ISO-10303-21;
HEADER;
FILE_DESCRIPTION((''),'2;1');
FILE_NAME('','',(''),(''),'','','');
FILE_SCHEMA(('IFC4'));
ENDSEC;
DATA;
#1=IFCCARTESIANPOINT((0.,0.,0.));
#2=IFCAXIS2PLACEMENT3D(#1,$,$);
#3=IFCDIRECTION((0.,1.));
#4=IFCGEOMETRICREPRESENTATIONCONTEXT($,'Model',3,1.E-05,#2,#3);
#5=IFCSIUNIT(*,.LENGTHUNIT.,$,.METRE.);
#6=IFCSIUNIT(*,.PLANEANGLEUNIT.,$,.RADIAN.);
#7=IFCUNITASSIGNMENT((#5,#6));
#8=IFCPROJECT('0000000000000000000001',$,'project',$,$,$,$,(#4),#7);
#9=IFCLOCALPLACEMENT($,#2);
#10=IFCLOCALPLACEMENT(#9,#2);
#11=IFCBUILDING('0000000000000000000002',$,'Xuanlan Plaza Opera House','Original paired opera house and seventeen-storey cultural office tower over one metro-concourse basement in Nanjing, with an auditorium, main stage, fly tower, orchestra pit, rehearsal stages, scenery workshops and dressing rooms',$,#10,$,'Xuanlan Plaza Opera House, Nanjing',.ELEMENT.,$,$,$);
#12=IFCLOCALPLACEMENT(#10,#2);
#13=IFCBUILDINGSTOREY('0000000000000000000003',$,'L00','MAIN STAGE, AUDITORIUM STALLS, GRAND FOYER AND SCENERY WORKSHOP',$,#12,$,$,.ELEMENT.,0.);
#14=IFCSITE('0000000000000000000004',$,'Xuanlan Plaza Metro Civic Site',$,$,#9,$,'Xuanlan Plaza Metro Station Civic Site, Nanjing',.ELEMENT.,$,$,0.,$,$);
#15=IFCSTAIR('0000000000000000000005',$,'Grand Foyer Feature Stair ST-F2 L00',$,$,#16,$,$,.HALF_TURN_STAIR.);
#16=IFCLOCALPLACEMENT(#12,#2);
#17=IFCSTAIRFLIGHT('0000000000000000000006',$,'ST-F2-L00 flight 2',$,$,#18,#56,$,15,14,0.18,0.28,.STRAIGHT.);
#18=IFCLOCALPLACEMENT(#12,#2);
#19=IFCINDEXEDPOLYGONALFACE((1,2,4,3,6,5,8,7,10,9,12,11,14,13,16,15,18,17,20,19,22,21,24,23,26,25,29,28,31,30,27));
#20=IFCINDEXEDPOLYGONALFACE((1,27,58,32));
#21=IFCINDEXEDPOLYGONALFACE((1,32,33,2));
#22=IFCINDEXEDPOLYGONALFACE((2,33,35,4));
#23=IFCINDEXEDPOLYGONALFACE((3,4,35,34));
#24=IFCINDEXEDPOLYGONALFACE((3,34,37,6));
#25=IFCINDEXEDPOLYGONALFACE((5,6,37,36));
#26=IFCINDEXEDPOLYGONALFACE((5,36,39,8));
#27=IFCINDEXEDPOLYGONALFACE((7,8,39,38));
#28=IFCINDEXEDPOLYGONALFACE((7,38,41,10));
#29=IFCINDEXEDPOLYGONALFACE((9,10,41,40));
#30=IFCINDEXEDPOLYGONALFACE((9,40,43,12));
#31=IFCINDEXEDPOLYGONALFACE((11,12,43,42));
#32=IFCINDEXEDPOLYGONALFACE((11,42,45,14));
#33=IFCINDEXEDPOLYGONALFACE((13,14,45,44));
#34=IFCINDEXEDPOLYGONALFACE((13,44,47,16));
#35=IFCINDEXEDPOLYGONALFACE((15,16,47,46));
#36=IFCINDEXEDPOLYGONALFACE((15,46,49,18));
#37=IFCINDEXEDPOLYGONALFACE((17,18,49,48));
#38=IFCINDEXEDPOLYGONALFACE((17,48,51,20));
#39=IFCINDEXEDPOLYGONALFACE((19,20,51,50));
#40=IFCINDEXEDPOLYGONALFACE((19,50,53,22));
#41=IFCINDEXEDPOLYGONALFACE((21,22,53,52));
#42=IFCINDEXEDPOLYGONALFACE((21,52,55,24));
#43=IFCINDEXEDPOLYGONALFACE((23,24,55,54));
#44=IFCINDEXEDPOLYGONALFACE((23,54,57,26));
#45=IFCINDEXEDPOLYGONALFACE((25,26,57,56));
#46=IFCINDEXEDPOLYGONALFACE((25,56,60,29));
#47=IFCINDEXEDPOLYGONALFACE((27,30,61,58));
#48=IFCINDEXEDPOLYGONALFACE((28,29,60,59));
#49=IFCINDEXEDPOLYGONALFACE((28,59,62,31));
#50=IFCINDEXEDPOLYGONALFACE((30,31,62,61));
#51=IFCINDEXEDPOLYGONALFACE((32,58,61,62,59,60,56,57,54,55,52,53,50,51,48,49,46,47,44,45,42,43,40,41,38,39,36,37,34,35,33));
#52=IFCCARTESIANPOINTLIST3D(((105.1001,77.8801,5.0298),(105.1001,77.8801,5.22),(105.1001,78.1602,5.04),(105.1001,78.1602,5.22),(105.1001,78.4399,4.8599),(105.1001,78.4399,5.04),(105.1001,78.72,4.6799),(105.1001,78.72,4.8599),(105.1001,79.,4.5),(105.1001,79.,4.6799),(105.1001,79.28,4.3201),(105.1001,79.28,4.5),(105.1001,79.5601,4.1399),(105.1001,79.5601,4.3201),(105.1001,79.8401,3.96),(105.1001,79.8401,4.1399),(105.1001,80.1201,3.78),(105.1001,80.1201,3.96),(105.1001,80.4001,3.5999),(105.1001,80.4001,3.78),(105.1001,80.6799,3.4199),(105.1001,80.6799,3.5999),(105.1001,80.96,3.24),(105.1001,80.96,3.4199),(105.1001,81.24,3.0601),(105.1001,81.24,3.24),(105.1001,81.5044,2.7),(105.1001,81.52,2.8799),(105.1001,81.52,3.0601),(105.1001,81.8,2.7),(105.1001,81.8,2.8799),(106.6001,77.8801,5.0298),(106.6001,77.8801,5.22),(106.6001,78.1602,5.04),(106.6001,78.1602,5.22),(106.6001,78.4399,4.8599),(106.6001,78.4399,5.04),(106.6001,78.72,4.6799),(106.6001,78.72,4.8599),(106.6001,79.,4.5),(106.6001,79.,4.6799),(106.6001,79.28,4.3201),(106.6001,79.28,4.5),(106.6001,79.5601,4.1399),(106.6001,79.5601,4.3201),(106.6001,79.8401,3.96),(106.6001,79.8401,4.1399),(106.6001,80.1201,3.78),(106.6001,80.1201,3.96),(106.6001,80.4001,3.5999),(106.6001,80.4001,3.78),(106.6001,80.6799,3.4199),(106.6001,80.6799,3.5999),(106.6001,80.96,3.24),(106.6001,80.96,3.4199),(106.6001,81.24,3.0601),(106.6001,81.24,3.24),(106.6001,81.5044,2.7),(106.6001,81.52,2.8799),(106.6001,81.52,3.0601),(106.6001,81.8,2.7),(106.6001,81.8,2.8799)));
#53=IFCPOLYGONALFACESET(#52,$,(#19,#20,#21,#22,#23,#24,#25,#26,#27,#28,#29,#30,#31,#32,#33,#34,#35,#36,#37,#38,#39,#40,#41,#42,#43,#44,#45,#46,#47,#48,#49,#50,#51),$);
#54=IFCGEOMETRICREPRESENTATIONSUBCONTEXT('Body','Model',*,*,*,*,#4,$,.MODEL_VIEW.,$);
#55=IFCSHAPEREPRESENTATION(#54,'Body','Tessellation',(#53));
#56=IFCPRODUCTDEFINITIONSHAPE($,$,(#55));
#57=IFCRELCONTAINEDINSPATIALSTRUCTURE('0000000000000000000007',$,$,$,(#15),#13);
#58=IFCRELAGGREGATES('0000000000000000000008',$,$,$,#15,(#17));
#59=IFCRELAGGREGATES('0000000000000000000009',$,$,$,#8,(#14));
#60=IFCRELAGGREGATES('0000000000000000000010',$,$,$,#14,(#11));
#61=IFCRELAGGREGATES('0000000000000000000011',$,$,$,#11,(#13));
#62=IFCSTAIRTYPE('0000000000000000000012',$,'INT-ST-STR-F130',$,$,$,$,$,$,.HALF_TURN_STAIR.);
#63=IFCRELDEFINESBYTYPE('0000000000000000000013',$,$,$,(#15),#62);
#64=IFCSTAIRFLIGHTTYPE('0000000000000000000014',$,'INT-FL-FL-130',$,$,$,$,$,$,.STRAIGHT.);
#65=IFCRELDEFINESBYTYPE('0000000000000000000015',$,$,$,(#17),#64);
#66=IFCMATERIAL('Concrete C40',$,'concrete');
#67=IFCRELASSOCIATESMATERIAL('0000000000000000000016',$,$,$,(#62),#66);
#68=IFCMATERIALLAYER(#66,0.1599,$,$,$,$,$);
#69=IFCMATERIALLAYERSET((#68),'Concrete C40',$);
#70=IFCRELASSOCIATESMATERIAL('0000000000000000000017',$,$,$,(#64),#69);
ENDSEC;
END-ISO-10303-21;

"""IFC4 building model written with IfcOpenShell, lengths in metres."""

from ifc_helpers import new_model, si_unit, direction, frame, origin, place, context, subcontext, project, spatial, polyline, outline, extrude, material, layer, layer_set, type_object, element, aggregate, save


model = new_model("IFC4")

# Units and contexts
model_context = context("Model", 3, precision=1e-05, world=origin(), true_north=direction((0.0, 1.0)))
body_context = subcontext(model_context, "Body", "Model", "MODEL_VIEW")
ifc_project = project(units=[si_unit("LENGTHUNIT", "METRE"), si_unit("PLANEANGLEUNIT", "RADIAN")], contexts=[model_context])

# Site, building, storey
site_placement = place(None, origin())
site = spatial("IfcSite", under=ifc_project, at=site_placement, Name="Xuanlan Plaza Metro Civic Site", LongName="Xuanlan Plaza Metro Station Civic Site, Nanjing", CompositionType="ELEMENT", RefElevation=0.0)
building_placement = place(site_placement, origin())
building = spatial("IfcBuilding", under=site, at=building_placement, Name="Xuanlan Plaza Opera House", Description="Original paired opera house and seventeen-storey cultural office tower over one metro-concourse basement in Nanjing, with an auditorium, main stage, fly tower, orchestra pit, rehearsal stages, scenery workshops and dressing rooms", LongName="Xuanlan Plaza Opera House, Nanjing", CompositionType="ELEMENT")
storey_placement = place(building_placement, origin())
storey = spatial("IfcBuildingStorey", under=building, at=storey_placement, Name="L00", Description="MAIN STAGE, AUDITORIUM STALLS, GRAND FOYER AND SCENERY WORKSHOP", CompositionType="ELEMENT", Elevation=0.0)

# Shared definitions
ifc_material_1 = material(Name="Concrete C40", Category="concrete")

# Stair, stair flight
stair_type = type_object("IfcStairType", Name="INT-ST-STR-F130", PredefinedType="HALF_TURN_STAIR", material=ifc_material_1)
stair_placement = place(storey_placement, origin())
stair = element("IfcStair", 1, at=stair_placement, inside=storey, type_object=stair_type, Name="Grand Foyer Feature Stair ST-F2 L00", PredefinedType="HALF_TURN_STAIR")
ifc_layer_1 = layer(ifc_material_1, 0.1599)
ifc_layer_set_1 = layer_set([ifc_layer_1], Name="Concrete C40")
stair_flight_type = type_object("IfcStairFlightType", Name="INT-FL-FL-130", PredefinedType="STRAIGHT", material=ifc_layer_set_1)
stair_flight_1_placement = place(storey_placement, frame((105.8501, 81.8, 2.7), z_axis=(0.0, 0.0, 1.0), x_axis=(0.0, -1.0, 0.0)))
stair_flight_1 = element("IfcStairFlight", 2, at=stair_flight_1_placement, type_object=stair_flight_type, Name="ST-F2-L00 flight 2", NumberOfRisers=15, NumberOfTreads=14, PredefinedType="STRAIGHT", RiserHeight=0.18, TreadLength=0.28, context=body_context, shape_type="SweptSolid", body=[
    extrude(outline(polyline([(0.0, 0.0), (0.0, 0.1799), (0.28, 0.1799), (0.28, 0.3601), (0.5601, 0.3601), (0.5601, 0.54), (0.8401, 0.54), (0.8401, 0.72), (1.1201, 0.72), (1.1201, 0.8999), (1.3999, 0.8999), (1.3999, 1.0801), (1.6799, 1.0801), (1.6799, 1.26), (1.96, 1.26), (1.96, 1.4399), (2.24, 1.4399), (2.24, 1.6201), (2.52, 1.6201), (2.52, 1.8), (2.8, 1.8), (2.8, 1.98), (3.0801, 1.98), (3.0801, 2.1599), (3.3601, 2.1599), (3.3601, 2.3401), (3.6399, 2.3401), (3.6399, 2.52), (3.9199, 2.52), (3.9199, 2.7), (3.9199, 2.3298), (0.2957, 0.0), (0.0, 0.0)])), frame((0.0, 0.75, 0.0), z_axis=(0.0, -1.0, 0.0), x_axis=(1.0, 0.0, 0.0)), (0.0, 0.0, 1.0), 1.5),
])
aggregate(stair, [stair_flight_1])

save(model, "model.ifc")
